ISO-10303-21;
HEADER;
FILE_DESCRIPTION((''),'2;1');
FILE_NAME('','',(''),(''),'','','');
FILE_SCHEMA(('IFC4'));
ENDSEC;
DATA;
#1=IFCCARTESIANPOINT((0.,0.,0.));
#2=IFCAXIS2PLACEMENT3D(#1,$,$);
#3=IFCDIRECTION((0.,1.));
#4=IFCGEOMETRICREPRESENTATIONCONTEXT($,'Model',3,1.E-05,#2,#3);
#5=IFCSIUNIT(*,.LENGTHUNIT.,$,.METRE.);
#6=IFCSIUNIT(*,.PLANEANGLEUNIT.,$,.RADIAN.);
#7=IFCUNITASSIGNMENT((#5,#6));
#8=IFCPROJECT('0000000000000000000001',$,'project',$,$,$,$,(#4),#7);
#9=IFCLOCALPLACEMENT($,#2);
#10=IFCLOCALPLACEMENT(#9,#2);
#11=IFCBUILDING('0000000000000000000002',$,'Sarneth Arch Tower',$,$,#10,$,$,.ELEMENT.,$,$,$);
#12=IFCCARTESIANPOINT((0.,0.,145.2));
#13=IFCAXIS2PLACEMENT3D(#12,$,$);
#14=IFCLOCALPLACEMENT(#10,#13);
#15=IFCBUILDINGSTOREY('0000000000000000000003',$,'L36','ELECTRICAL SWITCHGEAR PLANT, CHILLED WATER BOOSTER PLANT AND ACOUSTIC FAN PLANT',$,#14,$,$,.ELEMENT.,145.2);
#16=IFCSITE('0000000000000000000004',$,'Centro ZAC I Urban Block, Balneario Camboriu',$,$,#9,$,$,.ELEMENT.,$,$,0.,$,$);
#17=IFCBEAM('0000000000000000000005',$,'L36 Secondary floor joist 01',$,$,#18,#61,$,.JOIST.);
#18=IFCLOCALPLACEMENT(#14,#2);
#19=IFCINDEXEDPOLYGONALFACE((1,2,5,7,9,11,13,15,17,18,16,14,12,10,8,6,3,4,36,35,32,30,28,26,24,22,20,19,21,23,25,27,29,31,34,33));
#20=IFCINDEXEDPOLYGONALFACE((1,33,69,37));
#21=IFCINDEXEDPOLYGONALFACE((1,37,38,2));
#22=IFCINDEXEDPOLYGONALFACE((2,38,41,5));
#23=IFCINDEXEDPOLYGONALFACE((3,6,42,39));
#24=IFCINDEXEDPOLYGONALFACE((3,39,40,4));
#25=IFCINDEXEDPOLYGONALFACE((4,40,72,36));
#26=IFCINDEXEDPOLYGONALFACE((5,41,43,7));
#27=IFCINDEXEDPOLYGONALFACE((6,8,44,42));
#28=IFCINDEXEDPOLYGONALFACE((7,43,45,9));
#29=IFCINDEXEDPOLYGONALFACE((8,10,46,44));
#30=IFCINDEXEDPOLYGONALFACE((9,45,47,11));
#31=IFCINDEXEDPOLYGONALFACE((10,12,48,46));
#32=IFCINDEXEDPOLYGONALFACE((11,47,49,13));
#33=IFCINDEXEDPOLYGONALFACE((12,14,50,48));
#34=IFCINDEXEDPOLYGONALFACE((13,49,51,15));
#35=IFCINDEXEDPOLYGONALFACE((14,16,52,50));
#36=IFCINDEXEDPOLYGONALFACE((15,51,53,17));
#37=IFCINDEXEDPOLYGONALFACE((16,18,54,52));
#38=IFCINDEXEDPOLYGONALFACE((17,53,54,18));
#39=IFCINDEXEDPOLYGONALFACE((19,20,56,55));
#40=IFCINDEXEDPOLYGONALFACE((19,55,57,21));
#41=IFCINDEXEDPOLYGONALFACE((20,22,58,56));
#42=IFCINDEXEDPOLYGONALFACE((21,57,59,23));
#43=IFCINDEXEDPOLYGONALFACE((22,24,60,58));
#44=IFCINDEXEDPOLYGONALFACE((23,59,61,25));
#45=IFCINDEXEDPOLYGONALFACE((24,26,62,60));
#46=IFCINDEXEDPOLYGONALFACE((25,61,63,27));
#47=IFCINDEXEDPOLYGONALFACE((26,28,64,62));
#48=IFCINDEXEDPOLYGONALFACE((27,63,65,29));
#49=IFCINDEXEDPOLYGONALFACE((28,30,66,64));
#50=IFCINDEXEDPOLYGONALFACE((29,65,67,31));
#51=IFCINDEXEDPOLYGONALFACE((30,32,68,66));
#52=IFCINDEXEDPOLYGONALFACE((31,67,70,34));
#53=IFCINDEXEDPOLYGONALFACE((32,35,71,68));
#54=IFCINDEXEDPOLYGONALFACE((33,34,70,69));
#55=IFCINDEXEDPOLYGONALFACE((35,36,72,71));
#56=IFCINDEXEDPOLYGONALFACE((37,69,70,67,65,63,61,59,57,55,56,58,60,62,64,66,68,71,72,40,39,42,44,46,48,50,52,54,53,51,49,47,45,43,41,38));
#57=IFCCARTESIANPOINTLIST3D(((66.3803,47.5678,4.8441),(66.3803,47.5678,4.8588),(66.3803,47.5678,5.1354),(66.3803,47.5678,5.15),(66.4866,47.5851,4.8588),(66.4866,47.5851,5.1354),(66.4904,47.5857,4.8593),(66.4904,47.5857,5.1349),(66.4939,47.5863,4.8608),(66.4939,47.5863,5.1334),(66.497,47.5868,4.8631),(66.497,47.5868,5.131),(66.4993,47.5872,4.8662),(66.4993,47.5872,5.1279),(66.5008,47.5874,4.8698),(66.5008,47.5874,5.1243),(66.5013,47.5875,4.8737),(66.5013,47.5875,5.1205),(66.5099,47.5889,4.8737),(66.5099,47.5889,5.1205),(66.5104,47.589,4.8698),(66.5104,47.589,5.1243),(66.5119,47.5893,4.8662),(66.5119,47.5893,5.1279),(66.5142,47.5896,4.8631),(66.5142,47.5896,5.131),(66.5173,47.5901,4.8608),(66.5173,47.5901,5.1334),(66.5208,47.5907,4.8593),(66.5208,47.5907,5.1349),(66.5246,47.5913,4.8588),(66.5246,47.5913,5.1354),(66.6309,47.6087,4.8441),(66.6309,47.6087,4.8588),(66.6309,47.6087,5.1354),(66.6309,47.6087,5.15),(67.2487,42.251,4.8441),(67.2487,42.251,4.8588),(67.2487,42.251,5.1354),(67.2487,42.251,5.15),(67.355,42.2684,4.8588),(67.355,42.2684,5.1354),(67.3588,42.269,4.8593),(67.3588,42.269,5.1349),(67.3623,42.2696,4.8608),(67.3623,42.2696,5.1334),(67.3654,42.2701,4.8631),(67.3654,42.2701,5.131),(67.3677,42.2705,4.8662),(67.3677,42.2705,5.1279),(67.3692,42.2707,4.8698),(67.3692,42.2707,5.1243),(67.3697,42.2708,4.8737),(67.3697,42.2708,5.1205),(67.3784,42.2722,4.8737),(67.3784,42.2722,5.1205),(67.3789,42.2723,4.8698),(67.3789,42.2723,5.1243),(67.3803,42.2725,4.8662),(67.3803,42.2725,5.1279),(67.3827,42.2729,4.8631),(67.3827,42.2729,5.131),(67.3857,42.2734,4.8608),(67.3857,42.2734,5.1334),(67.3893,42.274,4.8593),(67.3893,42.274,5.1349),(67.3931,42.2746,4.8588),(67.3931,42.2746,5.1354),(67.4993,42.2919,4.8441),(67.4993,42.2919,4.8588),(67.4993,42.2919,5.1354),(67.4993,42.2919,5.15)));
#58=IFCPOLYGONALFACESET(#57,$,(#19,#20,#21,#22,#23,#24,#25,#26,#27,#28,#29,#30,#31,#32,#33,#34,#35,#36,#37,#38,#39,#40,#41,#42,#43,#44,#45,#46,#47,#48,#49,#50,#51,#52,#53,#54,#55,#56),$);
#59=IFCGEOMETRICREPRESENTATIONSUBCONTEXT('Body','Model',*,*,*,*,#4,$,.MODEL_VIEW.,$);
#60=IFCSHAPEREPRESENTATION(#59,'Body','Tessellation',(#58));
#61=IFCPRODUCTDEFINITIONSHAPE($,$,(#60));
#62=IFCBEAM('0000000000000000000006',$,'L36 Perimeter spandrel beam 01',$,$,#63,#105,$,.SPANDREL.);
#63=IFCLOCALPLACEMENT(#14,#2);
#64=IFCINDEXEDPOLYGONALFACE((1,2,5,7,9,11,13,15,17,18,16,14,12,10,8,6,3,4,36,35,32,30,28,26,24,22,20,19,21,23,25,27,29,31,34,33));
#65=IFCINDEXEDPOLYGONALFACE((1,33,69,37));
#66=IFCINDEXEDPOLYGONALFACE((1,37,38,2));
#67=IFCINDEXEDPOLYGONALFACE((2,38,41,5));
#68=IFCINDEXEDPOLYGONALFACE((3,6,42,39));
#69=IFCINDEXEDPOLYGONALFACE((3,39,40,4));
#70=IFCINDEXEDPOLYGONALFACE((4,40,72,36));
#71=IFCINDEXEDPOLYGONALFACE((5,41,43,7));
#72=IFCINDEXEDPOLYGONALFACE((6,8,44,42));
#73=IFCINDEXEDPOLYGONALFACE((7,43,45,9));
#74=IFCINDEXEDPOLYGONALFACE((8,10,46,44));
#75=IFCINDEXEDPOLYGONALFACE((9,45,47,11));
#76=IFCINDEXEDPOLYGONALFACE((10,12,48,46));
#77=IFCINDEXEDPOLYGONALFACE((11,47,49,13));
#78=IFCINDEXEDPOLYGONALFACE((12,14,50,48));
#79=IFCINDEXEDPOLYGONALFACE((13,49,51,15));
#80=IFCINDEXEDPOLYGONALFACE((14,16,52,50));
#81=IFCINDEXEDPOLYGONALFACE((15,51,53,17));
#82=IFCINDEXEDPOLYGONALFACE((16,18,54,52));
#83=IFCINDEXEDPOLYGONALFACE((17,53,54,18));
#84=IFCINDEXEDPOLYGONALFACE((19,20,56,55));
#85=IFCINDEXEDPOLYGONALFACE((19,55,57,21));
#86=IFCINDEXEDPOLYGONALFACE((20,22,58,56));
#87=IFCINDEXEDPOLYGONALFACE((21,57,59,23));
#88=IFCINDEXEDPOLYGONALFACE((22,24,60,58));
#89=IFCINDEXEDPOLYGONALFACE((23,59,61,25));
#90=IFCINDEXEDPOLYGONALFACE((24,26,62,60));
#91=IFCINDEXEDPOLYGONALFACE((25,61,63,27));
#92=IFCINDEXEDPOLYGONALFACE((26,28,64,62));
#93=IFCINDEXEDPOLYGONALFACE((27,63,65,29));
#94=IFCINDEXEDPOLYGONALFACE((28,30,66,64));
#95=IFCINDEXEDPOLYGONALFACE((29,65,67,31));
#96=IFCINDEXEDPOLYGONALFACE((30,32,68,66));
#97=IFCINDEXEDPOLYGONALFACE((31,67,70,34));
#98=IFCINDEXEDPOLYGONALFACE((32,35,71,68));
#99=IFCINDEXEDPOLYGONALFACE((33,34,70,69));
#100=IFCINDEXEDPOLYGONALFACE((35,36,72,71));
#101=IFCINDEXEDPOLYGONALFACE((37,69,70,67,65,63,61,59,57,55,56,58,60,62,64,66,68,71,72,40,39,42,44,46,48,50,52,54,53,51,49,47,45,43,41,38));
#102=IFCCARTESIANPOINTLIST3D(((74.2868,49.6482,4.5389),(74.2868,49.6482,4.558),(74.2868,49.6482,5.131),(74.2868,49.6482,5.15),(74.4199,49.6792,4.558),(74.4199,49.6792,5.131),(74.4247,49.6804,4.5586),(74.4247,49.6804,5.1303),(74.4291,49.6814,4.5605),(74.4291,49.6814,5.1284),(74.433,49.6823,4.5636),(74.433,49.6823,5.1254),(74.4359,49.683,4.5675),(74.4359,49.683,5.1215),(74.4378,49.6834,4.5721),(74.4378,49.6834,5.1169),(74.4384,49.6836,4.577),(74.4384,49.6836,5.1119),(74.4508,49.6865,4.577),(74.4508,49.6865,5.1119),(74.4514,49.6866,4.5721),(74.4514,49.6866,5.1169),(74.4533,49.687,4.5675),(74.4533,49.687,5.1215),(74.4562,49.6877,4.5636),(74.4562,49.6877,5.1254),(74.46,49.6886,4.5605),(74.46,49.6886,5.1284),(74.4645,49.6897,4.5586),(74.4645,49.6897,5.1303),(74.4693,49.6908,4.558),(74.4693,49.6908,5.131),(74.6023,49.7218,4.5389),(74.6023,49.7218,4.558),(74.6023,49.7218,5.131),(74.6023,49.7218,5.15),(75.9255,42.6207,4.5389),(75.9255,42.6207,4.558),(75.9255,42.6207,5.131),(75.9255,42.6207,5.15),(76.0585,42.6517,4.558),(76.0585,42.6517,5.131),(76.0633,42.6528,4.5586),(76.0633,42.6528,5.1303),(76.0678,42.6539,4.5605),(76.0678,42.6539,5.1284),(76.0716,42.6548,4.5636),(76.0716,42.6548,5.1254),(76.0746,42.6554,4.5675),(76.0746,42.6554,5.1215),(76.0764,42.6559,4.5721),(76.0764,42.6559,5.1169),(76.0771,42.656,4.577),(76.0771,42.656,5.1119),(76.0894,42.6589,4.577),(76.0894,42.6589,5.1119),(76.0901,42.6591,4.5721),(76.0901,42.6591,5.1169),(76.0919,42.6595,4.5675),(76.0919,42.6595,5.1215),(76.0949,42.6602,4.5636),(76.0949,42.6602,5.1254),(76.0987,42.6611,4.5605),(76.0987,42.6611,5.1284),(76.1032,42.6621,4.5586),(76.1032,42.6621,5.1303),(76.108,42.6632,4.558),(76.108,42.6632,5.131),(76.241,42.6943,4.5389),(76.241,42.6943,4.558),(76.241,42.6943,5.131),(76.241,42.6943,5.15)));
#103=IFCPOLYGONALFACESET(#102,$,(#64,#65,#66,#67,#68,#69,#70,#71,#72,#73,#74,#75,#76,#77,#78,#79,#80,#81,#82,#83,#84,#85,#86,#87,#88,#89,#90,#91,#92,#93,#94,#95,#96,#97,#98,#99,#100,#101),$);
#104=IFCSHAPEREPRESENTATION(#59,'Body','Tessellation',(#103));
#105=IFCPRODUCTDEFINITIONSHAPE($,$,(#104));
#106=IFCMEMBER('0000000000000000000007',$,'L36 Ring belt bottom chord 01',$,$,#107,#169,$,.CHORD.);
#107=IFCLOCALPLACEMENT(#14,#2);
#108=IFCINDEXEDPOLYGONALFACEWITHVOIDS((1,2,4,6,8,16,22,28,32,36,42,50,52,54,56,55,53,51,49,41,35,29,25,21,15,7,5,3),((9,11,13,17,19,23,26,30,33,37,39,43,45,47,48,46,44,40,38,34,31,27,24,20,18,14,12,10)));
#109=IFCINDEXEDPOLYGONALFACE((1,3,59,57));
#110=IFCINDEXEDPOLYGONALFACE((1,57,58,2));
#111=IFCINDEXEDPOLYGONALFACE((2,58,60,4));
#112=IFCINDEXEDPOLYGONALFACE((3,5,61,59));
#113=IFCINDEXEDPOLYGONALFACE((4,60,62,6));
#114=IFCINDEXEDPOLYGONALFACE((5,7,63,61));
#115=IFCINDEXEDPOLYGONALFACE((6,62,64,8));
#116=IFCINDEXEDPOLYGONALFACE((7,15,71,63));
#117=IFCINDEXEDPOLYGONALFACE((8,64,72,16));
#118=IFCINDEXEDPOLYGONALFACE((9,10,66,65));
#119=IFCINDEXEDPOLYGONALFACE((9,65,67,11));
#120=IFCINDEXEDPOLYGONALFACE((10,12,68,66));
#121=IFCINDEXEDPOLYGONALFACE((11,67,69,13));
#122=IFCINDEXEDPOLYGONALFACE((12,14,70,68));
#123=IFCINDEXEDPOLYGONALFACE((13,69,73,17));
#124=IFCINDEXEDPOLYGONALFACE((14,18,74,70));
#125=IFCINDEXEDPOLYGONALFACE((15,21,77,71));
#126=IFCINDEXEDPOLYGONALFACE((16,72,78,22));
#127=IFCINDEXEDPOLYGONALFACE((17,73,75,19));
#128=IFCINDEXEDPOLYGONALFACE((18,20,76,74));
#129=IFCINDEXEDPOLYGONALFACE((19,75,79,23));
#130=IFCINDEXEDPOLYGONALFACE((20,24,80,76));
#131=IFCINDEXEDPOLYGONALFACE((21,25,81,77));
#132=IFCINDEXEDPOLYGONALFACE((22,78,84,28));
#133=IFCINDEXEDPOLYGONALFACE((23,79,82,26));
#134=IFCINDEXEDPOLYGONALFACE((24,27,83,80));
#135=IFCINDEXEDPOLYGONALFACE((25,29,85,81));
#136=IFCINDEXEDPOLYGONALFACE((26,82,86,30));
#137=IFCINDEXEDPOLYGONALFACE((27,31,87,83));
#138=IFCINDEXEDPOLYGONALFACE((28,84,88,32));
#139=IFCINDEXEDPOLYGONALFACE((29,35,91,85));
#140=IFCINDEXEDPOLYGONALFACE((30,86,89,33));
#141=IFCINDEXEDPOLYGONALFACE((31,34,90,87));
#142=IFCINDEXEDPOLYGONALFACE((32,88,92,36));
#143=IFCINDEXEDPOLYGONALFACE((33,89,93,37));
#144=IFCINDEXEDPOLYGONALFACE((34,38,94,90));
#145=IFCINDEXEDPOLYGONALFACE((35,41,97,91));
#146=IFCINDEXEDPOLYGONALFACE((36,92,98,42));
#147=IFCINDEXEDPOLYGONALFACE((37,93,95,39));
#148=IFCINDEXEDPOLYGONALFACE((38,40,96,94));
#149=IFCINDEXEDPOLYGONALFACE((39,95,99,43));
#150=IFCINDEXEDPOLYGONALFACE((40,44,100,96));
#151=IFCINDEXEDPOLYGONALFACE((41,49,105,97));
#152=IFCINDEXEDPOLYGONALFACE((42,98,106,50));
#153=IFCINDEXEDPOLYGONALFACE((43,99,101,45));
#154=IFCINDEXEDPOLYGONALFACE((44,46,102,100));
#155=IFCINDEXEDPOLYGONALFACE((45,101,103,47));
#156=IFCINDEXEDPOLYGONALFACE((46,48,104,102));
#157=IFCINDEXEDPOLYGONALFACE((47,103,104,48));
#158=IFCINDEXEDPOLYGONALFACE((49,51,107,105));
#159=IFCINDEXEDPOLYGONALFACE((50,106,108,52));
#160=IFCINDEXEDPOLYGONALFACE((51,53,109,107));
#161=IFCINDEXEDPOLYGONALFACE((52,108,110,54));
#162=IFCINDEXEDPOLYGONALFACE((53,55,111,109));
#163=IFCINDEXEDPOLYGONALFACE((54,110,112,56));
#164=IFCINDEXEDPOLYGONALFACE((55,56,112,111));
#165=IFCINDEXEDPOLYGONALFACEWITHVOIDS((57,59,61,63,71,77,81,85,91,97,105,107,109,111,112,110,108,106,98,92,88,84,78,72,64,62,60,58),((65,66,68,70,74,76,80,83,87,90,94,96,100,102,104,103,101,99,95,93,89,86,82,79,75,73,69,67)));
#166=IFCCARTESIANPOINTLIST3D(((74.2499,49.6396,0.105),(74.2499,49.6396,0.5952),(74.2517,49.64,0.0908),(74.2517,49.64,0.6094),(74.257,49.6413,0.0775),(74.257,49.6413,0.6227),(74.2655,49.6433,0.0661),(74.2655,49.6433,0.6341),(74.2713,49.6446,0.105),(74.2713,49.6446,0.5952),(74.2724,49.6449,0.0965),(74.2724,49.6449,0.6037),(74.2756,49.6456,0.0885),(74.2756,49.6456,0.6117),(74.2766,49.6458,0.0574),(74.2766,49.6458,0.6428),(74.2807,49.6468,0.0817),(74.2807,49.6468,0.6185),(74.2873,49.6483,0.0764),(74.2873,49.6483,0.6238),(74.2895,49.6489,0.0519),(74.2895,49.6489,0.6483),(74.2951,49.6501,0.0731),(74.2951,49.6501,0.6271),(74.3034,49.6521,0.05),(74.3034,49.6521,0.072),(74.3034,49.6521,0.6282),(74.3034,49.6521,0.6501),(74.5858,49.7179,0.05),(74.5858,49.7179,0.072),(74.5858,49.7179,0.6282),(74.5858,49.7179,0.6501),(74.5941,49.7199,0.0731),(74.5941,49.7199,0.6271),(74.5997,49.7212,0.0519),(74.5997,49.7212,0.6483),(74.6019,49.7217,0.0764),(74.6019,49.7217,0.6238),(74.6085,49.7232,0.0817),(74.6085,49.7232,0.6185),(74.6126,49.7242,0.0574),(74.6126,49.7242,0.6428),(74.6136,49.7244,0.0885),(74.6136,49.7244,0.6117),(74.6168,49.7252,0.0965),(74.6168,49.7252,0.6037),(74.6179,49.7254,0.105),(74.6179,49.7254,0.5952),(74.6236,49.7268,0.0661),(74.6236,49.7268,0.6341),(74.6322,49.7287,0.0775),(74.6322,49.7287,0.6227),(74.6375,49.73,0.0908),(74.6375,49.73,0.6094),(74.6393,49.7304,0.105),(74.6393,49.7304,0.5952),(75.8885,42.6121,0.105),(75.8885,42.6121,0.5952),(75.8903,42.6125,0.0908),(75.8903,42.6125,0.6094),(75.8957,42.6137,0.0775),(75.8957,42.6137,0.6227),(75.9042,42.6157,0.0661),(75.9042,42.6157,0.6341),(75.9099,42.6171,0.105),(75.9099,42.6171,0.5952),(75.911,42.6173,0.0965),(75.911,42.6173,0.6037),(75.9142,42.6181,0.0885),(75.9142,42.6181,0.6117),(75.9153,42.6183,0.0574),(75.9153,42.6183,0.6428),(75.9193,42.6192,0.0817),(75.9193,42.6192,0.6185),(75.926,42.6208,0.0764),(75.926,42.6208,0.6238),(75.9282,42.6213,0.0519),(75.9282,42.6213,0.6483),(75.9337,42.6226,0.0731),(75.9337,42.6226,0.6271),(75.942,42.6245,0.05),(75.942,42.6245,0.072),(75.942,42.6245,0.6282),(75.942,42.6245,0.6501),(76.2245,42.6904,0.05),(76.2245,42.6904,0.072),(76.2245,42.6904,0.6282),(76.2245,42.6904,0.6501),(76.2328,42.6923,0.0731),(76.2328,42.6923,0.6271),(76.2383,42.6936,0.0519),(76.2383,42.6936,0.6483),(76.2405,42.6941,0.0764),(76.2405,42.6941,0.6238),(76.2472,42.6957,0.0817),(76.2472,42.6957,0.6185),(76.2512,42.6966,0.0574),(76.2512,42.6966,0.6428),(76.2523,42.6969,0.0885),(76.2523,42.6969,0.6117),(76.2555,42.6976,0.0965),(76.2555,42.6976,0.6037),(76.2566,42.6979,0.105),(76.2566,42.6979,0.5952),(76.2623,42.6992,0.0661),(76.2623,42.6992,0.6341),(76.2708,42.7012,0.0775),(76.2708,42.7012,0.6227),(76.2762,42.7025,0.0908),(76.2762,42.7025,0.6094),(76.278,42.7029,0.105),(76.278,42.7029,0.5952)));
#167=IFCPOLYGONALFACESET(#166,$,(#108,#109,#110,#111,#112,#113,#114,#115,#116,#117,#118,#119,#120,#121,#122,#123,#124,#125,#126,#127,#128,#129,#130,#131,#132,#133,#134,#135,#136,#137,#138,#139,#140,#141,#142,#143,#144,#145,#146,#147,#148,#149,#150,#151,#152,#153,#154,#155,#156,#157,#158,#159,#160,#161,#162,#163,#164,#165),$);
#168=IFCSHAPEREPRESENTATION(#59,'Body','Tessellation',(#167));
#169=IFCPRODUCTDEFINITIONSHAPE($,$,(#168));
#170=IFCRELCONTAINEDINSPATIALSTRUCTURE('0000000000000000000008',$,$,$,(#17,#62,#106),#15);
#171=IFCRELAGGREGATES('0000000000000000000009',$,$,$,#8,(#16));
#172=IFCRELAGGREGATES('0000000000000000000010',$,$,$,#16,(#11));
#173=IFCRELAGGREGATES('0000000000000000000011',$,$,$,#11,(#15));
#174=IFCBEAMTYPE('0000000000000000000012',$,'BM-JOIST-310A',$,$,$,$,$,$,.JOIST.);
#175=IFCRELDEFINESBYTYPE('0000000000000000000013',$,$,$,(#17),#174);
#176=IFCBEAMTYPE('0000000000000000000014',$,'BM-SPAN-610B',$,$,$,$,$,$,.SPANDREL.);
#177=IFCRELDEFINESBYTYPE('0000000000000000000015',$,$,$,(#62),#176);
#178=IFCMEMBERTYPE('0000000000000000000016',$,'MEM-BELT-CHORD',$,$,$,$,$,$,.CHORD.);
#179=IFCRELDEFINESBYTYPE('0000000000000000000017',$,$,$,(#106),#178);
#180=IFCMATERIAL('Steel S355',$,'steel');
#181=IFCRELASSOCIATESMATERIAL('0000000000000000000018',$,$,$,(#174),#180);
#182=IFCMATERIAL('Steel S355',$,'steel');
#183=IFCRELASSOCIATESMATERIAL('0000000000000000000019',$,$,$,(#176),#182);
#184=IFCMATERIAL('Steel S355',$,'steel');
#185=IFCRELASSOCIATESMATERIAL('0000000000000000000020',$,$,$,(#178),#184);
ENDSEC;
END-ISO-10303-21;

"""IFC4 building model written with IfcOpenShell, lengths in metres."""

from ifc_helpers import new_model, si_unit, direction, frame, origin, origin_2d, place, context, subcontext, project, spatial, hollow_rectangle, i_section, extrude, material, material_profile, profile_set, type_object, element, save


model = new_model("IFC4")

# Units and contexts
model_context = context("Model", 3, precision=1e-05, world=origin(), true_north=direction((0.0, 1.0)))
body_context = subcontext(model_context, "Body", "Model", "MODEL_VIEW")
ifc_project = project(units=[si_unit("LENGTHUNIT", "METRE"), si_unit("PLANEANGLEUNIT", "RADIAN")], contexts=[model_context])

# Site, building, storey
site_placement = place(None, origin())
site = spatial("IfcSite", under=ifc_project, at=site_placement, Name="Centro ZAC I Urban Block, Balneario Camboriu", CompositionType="ELEMENT", RefElevation=0.0)
building_placement = place(site_placement, origin())
building = spatial("IfcBuilding", under=site, at=building_placement, Name="Sarneth Arch Tower", CompositionType="ELEMENT")
storey_placement = place(building_placement, frame((0.0, 0.0, 145.2)))
storey = spatial("IfcBuildingStorey", under=building, at=storey_placement, Name="L36", Description="ELECTRICAL SWITCHGEAR PLANT, CHILLED WATER BOOSTER PLANT AND ACOUSTIC FAN PLANT", CompositionType="ELEMENT", Elevation=145.2)

# Beams
ifc_material_1 = material(Name="Steel S355", Category="steel")
ifc_material_profile_1 = material_profile(ifc_material_1, i_section(OverallWidth=0.2539, OverallDepth=0.3059, WebThickness=0.0088, FlangeThickness=0.0146, FilletRadius=0.0149, at=origin_2d()), Name="W310x79")
ifc_profile_set_1 = profile_set([ifc_material_profile_1], Name="Steel S355")
beam_type_1 = type_object("IfcBeamType", Name="BM-JOIST-310A", PredefinedType="JOIST", material=ifc_profile_set_1)
beam_1_placement = place(storey_placement, frame((67.374, 42.2715, 4.9971), z_axis=(-0.161201, 0.986922, 0.0), x_axis=(-0.986922, -0.161201, 0.0)))
element("IfcBeam", 1, at=beam_1_placement, inside=storey, type_object=beam_type_1, Name="L36 Secondary floor joist 01", PredefinedType="JOIST", context=body_context, shape_type="SweptSolid", body=[
    extrude(i_section(OverallWidth=0.2539, OverallDepth=0.3059, WebThickness=0.0088, FlangeThickness=0.0146, FilletRadius=0.0149, at=origin_2d()), origin(), (0.0, 0.0, 1.0), 5.3872),
])
ifc_material_2 = material(Name="Steel S355", Category="steel")
ifc_material_profile_2 = material_profile(ifc_material_2, i_section(OverallWidth=0.324, OverallDepth=0.6111, WebThickness=0.0127, FlangeThickness=0.019, FilletRadius=0.019, at=origin_2d()), Name="W610x155")
ifc_profile_set_2 = profile_set([ifc_material_profile_2], Name="Steel S355")
beam_type_2 = type_object("IfcBeamType", Name="BM-SPAN-610B", PredefinedType="SPANDREL", material=ifc_profile_set_2)
beam_2_placement = place(storey_placement, frame((76.0833, 42.6575, 4.8445), z_axis=(-0.227085, 0.973875, 0.0), x_axis=(-0.973875, -0.227085, 0.0)))
element("IfcBeam", 2, at=beam_2_placement, inside=storey, type_object=beam_type_2, Name="L36 Perimeter spandrel beam 01", PredefinedType="SPANDREL", context=body_context, shape_type="SweptSolid", body=[
    extrude(i_section(OverallWidth=0.324, OverallDepth=0.6111, WebThickness=0.0127, FlangeThickness=0.019, FilletRadius=0.019, at=origin_2d()), origin(), (0.0, 0.0, 1.0), 7.2161),
])

# Member
ifc_material_3 = material(Name="Steel S355", Category="steel")
ifc_material_profile_3 = material_profile(ifc_material_3, hollow_rectangle(XDim=0.3999, YDim=0.6001, WallThickness=0.022, InnerFilletRadius=0.033, OuterFilletRadius=0.0549, at=origin_2d()), Name="RHS600x400x22")
ifc_profile_set_3 = profile_set([ifc_material_profile_3], Name="Steel S355")
member_type_1 = type_object("IfcMemberType", Name="MEM-BELT-CHORD", PredefinedType="CHORD", material=ifc_profile_set_3)
member_1_placement = place(storey_placement, frame((76.0833, 42.6575, 0.3501), z_axis=(-0.227085, 0.973875, 0.0), x_axis=(-0.973875, -0.227085, 0.0)))
element("IfcMember", 3, at=member_1_placement, inside=storey, type_object=member_type_1, Name="L36 Ring belt bottom chord 01", PredefinedType="CHORD", context=body_context, shape_type="SweptSolid", body=[
    extrude(hollow_rectangle(XDim=0.3999, YDim=0.6001, WallThickness=0.022, InnerFilletRadius=0.033, OuterFilletRadius=0.0549, at=origin_2d()), origin(), (0.0, 0.0, 1.0), 7.2161),
])

save(model, "model.ifc")
